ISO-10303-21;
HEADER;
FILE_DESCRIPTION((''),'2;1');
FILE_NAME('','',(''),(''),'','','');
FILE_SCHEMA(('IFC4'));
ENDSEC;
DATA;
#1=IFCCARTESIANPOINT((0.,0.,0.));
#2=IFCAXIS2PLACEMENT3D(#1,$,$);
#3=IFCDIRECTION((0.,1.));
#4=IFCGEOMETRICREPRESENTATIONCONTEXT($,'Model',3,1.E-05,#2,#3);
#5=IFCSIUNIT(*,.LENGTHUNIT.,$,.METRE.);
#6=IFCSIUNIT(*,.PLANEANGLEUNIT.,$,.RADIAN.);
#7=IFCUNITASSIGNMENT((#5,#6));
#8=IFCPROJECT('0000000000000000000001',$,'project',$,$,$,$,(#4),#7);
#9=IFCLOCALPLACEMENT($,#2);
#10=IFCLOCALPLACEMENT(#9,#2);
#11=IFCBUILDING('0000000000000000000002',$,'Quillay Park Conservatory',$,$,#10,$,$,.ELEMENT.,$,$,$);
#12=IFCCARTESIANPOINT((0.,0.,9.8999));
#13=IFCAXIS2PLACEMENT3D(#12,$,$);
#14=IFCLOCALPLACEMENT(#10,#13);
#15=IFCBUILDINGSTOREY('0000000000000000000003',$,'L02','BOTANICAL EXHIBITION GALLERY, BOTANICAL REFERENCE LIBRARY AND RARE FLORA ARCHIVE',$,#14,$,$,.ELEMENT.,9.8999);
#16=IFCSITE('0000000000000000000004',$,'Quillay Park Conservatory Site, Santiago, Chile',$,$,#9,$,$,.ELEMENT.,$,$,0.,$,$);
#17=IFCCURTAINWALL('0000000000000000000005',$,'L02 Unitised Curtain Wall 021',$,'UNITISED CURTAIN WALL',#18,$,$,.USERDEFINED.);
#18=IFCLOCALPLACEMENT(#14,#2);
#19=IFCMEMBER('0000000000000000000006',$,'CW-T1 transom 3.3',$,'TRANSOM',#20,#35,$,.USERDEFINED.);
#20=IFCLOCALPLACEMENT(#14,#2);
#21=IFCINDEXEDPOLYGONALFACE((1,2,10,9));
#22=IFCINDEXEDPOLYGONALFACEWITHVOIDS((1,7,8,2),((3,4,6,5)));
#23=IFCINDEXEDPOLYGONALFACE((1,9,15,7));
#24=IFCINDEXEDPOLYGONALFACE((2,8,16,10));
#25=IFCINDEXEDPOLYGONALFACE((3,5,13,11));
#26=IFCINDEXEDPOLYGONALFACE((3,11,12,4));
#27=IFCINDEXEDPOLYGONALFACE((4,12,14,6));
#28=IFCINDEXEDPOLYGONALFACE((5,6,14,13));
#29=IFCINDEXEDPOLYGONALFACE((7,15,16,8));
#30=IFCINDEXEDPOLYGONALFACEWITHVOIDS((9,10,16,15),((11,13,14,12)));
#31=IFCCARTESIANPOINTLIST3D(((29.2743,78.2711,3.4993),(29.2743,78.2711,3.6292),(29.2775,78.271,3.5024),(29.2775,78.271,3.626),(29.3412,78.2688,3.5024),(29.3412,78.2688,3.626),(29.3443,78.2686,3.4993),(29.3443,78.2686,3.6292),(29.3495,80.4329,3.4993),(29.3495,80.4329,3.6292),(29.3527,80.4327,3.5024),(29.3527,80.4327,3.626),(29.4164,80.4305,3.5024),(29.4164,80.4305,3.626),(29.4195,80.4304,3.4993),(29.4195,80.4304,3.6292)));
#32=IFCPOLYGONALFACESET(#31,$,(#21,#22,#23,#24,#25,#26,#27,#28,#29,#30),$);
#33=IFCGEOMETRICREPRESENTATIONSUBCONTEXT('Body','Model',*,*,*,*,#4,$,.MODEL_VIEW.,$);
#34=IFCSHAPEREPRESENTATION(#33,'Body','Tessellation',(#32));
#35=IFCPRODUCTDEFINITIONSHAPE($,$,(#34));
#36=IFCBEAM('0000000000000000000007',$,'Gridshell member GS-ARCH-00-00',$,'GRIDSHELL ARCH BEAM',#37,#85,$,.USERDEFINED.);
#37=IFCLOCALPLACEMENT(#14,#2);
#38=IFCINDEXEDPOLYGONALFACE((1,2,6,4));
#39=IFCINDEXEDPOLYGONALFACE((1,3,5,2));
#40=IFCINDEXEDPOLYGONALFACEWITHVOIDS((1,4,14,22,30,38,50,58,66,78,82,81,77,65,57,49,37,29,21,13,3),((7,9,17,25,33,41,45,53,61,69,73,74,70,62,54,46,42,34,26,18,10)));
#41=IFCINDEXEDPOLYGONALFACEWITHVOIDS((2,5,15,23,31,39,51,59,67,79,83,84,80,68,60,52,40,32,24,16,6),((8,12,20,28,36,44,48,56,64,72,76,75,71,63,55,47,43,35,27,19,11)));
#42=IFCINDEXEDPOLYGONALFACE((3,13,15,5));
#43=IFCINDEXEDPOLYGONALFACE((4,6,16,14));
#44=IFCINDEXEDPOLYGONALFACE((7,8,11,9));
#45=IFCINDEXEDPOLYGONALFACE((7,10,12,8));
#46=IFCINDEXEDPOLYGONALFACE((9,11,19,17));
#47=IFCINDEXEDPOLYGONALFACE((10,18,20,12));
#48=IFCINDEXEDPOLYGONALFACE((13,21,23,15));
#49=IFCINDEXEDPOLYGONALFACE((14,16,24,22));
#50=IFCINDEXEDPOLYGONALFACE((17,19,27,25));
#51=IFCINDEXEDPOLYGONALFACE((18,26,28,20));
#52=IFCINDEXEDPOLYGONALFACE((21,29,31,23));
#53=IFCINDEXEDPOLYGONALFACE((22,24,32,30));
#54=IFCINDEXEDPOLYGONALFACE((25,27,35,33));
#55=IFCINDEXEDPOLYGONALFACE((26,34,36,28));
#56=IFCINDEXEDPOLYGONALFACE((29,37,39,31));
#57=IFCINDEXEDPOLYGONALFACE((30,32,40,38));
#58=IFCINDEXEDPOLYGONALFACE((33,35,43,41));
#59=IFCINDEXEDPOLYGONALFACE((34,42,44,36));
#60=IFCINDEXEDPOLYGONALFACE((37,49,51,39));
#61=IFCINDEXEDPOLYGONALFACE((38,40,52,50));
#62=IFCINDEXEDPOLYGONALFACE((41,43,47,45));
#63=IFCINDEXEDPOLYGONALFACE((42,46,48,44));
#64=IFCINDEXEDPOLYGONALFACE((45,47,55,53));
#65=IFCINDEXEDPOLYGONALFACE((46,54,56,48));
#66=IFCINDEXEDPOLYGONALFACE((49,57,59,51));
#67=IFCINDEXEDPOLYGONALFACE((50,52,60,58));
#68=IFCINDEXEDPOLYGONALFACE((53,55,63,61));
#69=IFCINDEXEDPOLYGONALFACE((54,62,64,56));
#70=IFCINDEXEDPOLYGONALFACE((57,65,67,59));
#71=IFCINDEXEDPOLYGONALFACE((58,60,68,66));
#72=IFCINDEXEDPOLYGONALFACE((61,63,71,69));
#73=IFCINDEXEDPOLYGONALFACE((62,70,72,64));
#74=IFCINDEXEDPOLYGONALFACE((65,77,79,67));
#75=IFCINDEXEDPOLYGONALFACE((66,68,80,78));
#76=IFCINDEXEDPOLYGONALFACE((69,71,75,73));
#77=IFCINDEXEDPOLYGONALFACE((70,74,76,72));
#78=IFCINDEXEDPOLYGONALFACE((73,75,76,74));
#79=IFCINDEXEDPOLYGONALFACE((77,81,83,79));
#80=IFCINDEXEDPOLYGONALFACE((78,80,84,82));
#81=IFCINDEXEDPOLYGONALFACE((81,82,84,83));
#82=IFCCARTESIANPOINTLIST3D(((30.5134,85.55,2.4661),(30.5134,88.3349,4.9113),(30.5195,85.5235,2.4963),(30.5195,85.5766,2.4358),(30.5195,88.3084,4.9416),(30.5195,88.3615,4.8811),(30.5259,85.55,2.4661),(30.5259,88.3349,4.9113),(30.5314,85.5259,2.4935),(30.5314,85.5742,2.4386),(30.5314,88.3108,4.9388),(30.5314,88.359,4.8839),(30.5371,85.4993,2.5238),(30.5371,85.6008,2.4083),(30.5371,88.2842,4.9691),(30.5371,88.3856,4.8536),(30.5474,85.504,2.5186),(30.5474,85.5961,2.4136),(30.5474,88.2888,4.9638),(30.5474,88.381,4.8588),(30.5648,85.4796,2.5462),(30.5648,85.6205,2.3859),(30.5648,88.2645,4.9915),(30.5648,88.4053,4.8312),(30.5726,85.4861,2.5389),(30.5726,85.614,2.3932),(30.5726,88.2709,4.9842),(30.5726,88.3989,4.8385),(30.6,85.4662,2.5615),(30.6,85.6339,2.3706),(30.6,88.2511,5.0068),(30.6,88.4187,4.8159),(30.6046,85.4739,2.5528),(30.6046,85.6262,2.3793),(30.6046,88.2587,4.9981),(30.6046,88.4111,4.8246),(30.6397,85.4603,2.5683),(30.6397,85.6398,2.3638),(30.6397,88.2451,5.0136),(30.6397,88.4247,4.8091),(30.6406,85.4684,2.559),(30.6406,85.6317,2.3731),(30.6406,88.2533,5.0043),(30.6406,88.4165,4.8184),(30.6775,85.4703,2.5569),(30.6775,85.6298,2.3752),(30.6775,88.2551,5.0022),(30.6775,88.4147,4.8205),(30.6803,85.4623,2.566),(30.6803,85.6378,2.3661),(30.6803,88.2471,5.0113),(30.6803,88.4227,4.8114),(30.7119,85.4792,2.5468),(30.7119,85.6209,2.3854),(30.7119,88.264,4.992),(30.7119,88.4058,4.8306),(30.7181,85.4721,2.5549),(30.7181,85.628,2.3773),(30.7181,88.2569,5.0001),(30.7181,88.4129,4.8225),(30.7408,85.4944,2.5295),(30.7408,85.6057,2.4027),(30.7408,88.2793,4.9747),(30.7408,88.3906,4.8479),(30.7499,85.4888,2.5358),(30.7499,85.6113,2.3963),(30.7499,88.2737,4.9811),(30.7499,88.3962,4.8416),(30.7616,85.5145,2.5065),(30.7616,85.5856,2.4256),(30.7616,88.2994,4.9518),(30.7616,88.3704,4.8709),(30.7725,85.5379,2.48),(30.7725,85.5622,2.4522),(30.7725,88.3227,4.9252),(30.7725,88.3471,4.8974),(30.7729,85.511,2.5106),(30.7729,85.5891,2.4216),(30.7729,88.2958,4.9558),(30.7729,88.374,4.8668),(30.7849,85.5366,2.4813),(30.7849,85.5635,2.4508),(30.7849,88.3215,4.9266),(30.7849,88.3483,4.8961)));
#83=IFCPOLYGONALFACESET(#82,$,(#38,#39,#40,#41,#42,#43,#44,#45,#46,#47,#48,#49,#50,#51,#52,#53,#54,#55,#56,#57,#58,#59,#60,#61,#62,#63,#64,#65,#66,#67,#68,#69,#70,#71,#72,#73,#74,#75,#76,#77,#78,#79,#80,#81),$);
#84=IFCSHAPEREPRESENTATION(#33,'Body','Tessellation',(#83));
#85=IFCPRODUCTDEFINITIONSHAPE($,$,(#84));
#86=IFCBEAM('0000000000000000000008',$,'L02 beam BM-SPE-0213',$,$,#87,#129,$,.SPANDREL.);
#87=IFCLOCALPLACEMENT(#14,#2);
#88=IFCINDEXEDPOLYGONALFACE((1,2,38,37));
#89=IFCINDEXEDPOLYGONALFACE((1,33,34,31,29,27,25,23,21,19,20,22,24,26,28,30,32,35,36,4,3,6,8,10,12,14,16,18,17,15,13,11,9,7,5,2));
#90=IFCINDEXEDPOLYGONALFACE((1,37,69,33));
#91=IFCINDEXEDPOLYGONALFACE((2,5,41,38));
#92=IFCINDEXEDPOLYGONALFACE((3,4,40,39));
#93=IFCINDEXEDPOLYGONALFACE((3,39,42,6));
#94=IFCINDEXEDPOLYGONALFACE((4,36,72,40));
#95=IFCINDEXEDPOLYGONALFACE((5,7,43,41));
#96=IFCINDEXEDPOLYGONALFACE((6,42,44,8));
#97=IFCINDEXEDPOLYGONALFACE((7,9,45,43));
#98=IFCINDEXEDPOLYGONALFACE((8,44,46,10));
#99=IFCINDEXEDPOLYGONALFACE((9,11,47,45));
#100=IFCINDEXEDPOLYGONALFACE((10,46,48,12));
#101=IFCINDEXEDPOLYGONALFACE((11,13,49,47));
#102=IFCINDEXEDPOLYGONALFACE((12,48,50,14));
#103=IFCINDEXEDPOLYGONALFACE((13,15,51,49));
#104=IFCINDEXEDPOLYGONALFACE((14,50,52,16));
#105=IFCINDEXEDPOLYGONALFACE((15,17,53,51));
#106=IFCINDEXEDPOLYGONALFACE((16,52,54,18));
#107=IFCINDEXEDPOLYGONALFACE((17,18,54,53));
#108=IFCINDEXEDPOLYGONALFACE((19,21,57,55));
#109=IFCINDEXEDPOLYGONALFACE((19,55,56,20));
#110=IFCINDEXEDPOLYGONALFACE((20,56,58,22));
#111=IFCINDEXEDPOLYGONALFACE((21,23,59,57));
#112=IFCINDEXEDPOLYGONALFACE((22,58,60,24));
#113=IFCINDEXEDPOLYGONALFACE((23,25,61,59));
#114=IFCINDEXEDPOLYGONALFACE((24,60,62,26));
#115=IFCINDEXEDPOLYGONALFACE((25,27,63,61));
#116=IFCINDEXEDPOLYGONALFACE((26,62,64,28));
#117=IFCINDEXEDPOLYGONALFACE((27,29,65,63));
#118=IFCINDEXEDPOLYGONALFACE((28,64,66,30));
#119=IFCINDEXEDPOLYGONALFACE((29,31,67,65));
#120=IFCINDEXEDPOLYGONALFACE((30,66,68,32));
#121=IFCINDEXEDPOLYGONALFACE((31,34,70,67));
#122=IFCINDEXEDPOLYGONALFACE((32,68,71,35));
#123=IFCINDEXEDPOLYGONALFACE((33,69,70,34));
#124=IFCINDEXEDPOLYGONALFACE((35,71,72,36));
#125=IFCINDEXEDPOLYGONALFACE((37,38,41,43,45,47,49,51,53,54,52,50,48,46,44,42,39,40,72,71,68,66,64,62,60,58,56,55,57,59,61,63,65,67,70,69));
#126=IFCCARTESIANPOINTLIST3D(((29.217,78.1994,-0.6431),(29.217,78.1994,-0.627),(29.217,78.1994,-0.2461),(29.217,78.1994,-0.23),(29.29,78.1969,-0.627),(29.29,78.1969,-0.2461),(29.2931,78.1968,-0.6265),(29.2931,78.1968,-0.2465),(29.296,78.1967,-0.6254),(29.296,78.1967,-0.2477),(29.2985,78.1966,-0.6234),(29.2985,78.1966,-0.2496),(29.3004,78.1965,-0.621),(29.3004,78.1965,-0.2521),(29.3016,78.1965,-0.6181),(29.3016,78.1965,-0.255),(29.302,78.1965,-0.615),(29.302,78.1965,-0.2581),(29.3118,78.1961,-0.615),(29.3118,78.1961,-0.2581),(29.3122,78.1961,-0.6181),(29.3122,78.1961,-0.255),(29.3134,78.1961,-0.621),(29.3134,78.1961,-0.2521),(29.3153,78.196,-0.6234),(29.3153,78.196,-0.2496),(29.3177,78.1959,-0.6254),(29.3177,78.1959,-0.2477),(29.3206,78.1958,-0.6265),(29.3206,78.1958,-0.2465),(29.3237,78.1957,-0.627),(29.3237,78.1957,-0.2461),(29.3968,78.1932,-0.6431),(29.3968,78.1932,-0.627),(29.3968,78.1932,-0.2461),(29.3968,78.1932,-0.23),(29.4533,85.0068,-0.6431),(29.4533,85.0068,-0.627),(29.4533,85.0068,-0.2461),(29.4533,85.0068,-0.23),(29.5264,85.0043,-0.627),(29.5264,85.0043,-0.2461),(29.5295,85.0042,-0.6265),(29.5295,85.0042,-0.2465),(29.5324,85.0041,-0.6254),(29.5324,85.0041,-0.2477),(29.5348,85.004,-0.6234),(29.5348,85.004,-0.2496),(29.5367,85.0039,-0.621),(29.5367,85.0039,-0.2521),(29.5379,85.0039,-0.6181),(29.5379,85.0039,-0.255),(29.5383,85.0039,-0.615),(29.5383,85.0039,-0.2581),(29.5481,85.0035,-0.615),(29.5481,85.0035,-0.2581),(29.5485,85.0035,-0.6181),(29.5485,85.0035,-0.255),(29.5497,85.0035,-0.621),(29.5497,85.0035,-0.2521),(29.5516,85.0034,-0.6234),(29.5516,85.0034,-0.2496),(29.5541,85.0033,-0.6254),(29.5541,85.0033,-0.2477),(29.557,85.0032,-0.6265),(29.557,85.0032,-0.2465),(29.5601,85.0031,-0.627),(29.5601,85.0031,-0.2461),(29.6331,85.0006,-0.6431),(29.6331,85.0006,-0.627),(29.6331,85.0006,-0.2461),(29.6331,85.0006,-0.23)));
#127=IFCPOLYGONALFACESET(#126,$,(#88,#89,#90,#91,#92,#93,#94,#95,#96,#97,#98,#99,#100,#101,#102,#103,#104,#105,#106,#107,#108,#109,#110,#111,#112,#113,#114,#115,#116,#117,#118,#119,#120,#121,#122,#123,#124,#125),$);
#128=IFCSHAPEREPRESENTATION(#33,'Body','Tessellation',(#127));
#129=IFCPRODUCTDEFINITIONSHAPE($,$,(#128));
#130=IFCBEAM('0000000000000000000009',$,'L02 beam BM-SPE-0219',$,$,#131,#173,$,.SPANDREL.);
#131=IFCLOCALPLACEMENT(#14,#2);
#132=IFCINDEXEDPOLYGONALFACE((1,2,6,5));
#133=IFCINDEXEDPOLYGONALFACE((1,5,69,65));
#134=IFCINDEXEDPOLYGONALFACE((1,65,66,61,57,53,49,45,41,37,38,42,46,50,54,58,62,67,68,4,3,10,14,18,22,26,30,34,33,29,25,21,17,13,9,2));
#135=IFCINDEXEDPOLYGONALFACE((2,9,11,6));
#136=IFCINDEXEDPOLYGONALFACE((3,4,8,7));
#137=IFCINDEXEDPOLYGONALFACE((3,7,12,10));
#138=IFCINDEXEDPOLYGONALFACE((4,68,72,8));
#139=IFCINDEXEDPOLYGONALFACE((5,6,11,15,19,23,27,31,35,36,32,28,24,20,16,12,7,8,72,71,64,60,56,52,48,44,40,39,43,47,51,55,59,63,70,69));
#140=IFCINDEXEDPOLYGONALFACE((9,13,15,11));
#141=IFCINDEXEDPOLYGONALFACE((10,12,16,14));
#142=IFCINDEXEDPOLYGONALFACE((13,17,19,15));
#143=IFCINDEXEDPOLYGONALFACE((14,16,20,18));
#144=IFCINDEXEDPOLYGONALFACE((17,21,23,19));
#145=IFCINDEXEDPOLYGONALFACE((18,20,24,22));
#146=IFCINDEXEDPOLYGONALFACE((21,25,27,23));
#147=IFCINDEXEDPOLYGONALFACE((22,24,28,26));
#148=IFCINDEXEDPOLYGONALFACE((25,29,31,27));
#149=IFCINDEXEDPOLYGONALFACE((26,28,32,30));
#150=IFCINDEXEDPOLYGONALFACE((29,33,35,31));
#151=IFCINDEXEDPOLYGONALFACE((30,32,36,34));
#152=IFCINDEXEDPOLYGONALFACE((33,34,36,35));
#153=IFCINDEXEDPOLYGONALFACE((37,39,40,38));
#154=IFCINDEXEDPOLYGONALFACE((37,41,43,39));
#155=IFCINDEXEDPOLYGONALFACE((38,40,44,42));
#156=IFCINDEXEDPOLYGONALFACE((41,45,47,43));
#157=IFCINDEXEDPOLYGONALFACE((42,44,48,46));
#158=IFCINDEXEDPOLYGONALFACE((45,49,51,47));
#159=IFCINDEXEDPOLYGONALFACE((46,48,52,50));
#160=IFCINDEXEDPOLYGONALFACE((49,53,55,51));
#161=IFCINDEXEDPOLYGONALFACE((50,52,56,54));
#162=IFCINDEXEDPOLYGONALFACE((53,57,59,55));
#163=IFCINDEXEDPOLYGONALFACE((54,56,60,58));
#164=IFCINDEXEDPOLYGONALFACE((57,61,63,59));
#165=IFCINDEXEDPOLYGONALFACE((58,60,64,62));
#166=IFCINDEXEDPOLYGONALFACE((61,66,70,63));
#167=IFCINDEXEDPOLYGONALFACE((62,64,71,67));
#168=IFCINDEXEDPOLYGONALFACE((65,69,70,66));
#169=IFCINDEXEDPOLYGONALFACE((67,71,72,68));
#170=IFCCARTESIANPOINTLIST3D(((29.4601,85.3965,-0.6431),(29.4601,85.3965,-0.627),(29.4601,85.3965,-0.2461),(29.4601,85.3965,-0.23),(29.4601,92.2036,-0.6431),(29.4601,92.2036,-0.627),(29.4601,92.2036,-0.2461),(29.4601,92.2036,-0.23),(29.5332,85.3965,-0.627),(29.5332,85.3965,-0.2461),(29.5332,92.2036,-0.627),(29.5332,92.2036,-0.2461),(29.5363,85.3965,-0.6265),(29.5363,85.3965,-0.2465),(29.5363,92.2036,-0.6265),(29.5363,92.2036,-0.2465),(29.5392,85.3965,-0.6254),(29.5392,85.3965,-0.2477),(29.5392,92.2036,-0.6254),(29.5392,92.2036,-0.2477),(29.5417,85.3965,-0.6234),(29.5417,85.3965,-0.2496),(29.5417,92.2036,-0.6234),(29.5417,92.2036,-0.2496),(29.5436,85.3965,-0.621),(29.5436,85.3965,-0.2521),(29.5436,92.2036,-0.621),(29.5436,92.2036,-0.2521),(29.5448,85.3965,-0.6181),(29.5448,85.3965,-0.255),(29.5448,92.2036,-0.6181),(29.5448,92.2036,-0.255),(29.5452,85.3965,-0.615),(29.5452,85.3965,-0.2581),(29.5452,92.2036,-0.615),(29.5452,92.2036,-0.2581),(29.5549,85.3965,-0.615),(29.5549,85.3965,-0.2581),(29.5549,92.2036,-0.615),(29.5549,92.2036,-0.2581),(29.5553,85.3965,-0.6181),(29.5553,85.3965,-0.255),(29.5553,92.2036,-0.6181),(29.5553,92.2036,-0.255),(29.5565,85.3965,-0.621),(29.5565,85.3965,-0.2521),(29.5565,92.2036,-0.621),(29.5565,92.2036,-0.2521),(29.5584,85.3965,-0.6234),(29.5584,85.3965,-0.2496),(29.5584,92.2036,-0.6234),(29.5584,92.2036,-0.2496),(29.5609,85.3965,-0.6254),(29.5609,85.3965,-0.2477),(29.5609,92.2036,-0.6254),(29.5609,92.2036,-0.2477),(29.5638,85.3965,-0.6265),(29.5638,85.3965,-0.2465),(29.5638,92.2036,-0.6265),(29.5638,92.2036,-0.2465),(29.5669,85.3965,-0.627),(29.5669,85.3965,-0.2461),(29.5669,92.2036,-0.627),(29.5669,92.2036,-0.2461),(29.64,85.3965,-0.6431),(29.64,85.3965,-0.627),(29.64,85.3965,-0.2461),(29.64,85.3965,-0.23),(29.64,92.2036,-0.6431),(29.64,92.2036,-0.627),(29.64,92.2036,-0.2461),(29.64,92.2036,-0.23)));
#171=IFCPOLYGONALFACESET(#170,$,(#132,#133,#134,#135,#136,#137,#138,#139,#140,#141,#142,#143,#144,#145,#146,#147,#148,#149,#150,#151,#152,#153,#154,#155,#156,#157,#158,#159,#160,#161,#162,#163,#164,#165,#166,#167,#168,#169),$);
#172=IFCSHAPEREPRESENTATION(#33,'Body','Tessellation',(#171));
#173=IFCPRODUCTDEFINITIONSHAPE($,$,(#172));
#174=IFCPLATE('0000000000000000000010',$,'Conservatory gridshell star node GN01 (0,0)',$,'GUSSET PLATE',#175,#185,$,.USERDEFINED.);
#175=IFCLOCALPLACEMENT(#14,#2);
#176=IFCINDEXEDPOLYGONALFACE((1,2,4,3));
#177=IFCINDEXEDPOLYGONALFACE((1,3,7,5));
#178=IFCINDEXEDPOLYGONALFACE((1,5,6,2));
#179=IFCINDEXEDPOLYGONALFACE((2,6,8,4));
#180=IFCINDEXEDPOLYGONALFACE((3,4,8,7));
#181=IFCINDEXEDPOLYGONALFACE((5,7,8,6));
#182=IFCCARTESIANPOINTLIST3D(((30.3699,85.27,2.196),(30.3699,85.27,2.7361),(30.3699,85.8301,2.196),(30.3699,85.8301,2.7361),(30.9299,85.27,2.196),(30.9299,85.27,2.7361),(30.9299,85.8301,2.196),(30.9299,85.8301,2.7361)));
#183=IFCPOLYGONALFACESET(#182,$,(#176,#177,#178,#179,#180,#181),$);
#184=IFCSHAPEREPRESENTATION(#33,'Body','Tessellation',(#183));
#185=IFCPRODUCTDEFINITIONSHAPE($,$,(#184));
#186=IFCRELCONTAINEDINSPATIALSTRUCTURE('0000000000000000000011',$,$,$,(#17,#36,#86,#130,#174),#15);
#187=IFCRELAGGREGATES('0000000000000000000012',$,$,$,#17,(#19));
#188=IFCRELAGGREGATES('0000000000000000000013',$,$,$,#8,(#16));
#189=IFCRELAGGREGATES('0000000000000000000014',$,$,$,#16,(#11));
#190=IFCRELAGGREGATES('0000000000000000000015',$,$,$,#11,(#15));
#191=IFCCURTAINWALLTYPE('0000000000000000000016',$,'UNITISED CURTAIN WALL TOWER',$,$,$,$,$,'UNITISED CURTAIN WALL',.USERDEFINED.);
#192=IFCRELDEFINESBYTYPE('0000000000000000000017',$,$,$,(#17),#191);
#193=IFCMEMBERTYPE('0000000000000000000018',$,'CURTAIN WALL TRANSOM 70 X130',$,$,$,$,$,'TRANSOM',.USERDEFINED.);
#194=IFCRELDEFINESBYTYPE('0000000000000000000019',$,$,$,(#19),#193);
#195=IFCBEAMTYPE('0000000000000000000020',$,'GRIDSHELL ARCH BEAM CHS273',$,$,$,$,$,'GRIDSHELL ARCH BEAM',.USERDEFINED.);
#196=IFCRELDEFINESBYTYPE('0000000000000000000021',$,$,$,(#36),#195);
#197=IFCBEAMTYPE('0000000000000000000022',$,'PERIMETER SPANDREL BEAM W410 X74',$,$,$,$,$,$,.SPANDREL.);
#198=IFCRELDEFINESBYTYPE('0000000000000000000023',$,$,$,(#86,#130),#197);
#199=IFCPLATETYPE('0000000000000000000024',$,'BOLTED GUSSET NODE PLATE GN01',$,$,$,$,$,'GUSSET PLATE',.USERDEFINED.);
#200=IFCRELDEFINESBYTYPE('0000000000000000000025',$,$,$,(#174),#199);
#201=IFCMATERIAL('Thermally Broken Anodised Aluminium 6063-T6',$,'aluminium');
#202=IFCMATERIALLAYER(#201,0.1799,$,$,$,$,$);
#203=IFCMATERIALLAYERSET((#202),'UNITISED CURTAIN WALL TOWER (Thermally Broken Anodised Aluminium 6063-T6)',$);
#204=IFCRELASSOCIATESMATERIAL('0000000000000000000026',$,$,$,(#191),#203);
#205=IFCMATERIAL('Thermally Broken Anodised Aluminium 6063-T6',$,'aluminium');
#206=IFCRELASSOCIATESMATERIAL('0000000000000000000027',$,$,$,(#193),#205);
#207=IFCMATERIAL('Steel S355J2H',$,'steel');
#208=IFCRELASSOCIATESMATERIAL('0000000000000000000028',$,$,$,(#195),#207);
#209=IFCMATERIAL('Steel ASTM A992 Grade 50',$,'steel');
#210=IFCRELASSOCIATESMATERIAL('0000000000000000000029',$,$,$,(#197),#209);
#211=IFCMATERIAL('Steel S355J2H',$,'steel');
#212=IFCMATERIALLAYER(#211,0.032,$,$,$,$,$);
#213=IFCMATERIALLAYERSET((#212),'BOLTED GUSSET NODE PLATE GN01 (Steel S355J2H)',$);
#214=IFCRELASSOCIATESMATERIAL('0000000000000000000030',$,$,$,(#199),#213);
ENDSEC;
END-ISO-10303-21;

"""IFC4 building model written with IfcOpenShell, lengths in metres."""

from ifc_helpers import new_model, si_unit, direction, frame, origin, origin_2d, place, context, subcontext, project, spatial, rectangle, hollow_rectangle, hollow_circle, i_section, extrude, material, layer, layer_set, material_profile, profile_set, type_object, element, aggregate, save


model = new_model("IFC4")

# Units and contexts
model_context = context("Model", 3, precision=1e-05, world=origin(), true_north=direction((0.0, 1.0)))
body_context = subcontext(model_context, "Body", "Model", "MODEL_VIEW")
ifc_project = project(units=[si_unit("LENGTHUNIT", "METRE"), si_unit("PLANEANGLEUNIT", "RADIAN")], contexts=[model_context])

# Site, building, storey
site_placement = place(None, origin())
site = spatial("IfcSite", under=ifc_project, at=site_placement, Name="Quillay Park Conservatory Site, Santiago, Chile", CompositionType="ELEMENT", RefElevation=0.0)
building_placement = place(site_placement, origin())
building = spatial("IfcBuilding", under=site, at=building_placement, Name="Quillay Park Conservatory", CompositionType="ELEMENT")
storey_placement = place(building_placement, frame((0.0, 0.0, 9.8999)))
storey = spatial("IfcBuildingStorey", under=building, at=storey_placement, Name="L02", Description="BOTANICAL EXHIBITION GALLERY, BOTANICAL REFERENCE LIBRARY AND RARE FLORA ARCHIVE", CompositionType="ELEMENT", Elevation=9.8999)

# Curtain wall
ifc_material_1 = material(Name="Thermally Broken Anodised Aluminium 6063-T6", Category="aluminium")
ifc_layer_1 = layer(ifc_material_1, 0.1799)
ifc_layer_set_1 = layer_set([ifc_layer_1], Name="UNITISED CURTAIN WALL TOWER (Thermally Broken Anodised Aluminium 6063-T6)")
curtain_wall_type = type_object("IfcCurtainWallType", Name="UNITISED CURTAIN WALL TOWER", ElementType="UNITISED CURTAIN WALL", PredefinedType="USERDEFINED", material=ifc_layer_set_1)
curtain_wall_1_placement = place(storey_placement, origin())
curtain_wall_1 = element("IfcCurtainWall", 1, at=curtain_wall_1_placement, inside=storey, type_object=curtain_wall_type, Name="L02 Unitised Curtain Wall 021", ObjectType="UNITISED CURTAIN WALL", PredefinedType="USERDEFINED")

# Member
ifc_material_2 = material(Name="Thermally Broken Anodised Aluminium 6063-T6", Category="aluminium")
ifc_material_profile_1 = material_profile(ifc_material_2, hollow_rectangle(XDim=0.0701, YDim=0.1299, WallThickness=0.0032, at=origin_2d()), Name="AL70x130x3.2")
ifc_profile_set_1 = profile_set([ifc_material_profile_1], Name="Thermally Broken Anodised Aluminium 6063-T6")
member_type_1 = type_object("IfcMemberType", Name="CURTAIN WALL TRANSOM 70 X130", ElementType="TRANSOM", PredefinedType="USERDEFINED", material=ifc_profile_set_1)
member_1_placement = place(storey_placement, frame((29.3845, 80.4316, 3.5642), z_axis=(-0.034762, -0.999396, 0.0), x_axis=(0.999396, -0.034762, 0.0)))
member_1 = element("IfcMember", 2, at=member_1_placement, type_object=member_type_1, Name="CW-T1 transom 3.3", ObjectType="TRANSOM", PredefinedType="USERDEFINED", context=body_context, shape_type="SweptSolid", body=[
    extrude(hollow_rectangle(XDim=0.0701, YDim=0.1299, WallThickness=0.0032, at=origin_2d()), origin(), (0.0, 0.0, 1.0), 2.1631),
])

# Beams
ifc_material_3 = material(Name="Steel S355J2H", Category="steel")
ifc_material_profile_2 = material_profile(ifc_material_3, hollow_circle(Radius=0.1365, WallThickness=0.0125, at=origin_2d()), Name="CHS273x12.5")
ifc_profile_set_2 = profile_set([ifc_material_profile_2], Name="Steel S355J2H")
beam_type_1 = type_object("IfcBeamType", Name="GRIDSHELL ARCH BEAM CHS273", ElementType="GRIDSHELL ARCH BEAM", PredefinedType="USERDEFINED", material=ifc_profile_set_2)
beam_1_placement = place(storey_placement, frame((30.6499, 85.55, 2.4661), z_axis=(0.0, 0.751437, 0.659805), x_axis=(-1.0, 0.0, 0.0)))
element("IfcBeam", 3, at=beam_1_placement, inside=storey, type_object=beam_type_1, Name="Gridshell member GS-ARCH-00-00", ObjectType="GRIDSHELL ARCH BEAM", PredefinedType="USERDEFINED", context=body_context, shape_type="SweptSolid", body=[
    extrude(hollow_circle(Radius=0.1365, WallThickness=0.0125, at=origin_2d()), origin(), (0.0, 0.0, 1.0), 3.7061),
])
ifc_material_4 = material(Name="Steel ASTM A992 Grade 50", Category="steel")
ifc_material_profile_3 = material_profile(ifc_material_4, i_section(OverallWidth=0.1799, OverallDepth=0.4131, WebThickness=0.0098, FlangeThickness=0.0161, FilletRadius=0.012, at=origin_2d()), Name="W410x74")
ifc_profile_set_3 = profile_set([ifc_material_profile_3], Name="Steel ASTM A992 Grade 50")
beam_type_2 = type_object("IfcBeamType", Name="PERIMETER SPANDREL BEAM W410 X74", PredefinedType="SPANDREL", material=ifc_profile_set_3)
beam_2_placement = place(storey_placement, frame((29.3069, 78.1963, -0.4365), z_axis=(0.034696, 0.999398, 0.0), x_axis=(-0.999398, 0.034696, 0.0)))
element("IfcBeam", 4, at=beam_2_placement, inside=storey, type_object=beam_type_2, Name="L02 beam BM-SPE-0213", PredefinedType="SPANDREL", context=body_context, shape_type="SweptSolid", body=[
    extrude(i_section(OverallWidth=0.1799, OverallDepth=0.4131, WebThickness=0.0098, FlangeThickness=0.0161, FilletRadius=0.012, at=origin_2d()), origin(), (0.0, 0.0, 1.0), 6.8115),
])
beam_3_placement = place(storey_placement, frame((29.55, 85.3965, -0.4365), z_axis=(0.0, 1.0, 0.0), x_axis=(-1.0, 0.0, 0.0)))
element("IfcBeam", 5, at=beam_3_placement, inside=storey, type_object=beam_type_2, Name="L02 beam BM-SPE-0219", PredefinedType="SPANDREL", context=body_context, shape_type="SweptSolid", body=[
    extrude(i_section(OverallWidth=0.1799, OverallDepth=0.4131, WebThickness=0.0098, FlangeThickness=0.0161, FilletRadius=0.012, at=origin_2d()), origin(), (0.0, 0.0, 1.0), 6.8071),
])

# Plate
ifc_material_5 = material(Name="Steel S355J2H", Category="steel")
ifc_layer_2 = layer(ifc_material_5, 0.032)
ifc_layer_set_2 = layer_set([ifc_layer_2], Name="BOLTED GUSSET NODE PLATE GN01 (Steel S355J2H)")
plate_type_1 = type_object("IfcPlateType", Name="BOLTED GUSSET NODE PLATE GN01", ElementType="GUSSET PLATE", PredefinedType="USERDEFINED", material=ifc_layer_set_2)
plate_1_placement = place(storey_placement, frame((30.6499, 85.55, 2.196), z_axis=(0.0, 0.0, 1.0), x_axis=(1.0, 0.0, 0.0)))
element("IfcPlate", 6, at=plate_1_placement, inside=storey, type_object=plate_type_1, Name="Conservatory gridshell star node GN01 (0,0)", ObjectType="GUSSET PLATE", PredefinedType="USERDEFINED", context=body_context, shape_type="SweptSolid", body=[
    extrude(rectangle(XDim=0.5601, YDim=0.5601, at=origin_2d()), origin(), (0.0, 0.0, 1.0), 0.54),
])
aggregate(curtain_wall_1, [member_1])

save(model, "model.ifc")
